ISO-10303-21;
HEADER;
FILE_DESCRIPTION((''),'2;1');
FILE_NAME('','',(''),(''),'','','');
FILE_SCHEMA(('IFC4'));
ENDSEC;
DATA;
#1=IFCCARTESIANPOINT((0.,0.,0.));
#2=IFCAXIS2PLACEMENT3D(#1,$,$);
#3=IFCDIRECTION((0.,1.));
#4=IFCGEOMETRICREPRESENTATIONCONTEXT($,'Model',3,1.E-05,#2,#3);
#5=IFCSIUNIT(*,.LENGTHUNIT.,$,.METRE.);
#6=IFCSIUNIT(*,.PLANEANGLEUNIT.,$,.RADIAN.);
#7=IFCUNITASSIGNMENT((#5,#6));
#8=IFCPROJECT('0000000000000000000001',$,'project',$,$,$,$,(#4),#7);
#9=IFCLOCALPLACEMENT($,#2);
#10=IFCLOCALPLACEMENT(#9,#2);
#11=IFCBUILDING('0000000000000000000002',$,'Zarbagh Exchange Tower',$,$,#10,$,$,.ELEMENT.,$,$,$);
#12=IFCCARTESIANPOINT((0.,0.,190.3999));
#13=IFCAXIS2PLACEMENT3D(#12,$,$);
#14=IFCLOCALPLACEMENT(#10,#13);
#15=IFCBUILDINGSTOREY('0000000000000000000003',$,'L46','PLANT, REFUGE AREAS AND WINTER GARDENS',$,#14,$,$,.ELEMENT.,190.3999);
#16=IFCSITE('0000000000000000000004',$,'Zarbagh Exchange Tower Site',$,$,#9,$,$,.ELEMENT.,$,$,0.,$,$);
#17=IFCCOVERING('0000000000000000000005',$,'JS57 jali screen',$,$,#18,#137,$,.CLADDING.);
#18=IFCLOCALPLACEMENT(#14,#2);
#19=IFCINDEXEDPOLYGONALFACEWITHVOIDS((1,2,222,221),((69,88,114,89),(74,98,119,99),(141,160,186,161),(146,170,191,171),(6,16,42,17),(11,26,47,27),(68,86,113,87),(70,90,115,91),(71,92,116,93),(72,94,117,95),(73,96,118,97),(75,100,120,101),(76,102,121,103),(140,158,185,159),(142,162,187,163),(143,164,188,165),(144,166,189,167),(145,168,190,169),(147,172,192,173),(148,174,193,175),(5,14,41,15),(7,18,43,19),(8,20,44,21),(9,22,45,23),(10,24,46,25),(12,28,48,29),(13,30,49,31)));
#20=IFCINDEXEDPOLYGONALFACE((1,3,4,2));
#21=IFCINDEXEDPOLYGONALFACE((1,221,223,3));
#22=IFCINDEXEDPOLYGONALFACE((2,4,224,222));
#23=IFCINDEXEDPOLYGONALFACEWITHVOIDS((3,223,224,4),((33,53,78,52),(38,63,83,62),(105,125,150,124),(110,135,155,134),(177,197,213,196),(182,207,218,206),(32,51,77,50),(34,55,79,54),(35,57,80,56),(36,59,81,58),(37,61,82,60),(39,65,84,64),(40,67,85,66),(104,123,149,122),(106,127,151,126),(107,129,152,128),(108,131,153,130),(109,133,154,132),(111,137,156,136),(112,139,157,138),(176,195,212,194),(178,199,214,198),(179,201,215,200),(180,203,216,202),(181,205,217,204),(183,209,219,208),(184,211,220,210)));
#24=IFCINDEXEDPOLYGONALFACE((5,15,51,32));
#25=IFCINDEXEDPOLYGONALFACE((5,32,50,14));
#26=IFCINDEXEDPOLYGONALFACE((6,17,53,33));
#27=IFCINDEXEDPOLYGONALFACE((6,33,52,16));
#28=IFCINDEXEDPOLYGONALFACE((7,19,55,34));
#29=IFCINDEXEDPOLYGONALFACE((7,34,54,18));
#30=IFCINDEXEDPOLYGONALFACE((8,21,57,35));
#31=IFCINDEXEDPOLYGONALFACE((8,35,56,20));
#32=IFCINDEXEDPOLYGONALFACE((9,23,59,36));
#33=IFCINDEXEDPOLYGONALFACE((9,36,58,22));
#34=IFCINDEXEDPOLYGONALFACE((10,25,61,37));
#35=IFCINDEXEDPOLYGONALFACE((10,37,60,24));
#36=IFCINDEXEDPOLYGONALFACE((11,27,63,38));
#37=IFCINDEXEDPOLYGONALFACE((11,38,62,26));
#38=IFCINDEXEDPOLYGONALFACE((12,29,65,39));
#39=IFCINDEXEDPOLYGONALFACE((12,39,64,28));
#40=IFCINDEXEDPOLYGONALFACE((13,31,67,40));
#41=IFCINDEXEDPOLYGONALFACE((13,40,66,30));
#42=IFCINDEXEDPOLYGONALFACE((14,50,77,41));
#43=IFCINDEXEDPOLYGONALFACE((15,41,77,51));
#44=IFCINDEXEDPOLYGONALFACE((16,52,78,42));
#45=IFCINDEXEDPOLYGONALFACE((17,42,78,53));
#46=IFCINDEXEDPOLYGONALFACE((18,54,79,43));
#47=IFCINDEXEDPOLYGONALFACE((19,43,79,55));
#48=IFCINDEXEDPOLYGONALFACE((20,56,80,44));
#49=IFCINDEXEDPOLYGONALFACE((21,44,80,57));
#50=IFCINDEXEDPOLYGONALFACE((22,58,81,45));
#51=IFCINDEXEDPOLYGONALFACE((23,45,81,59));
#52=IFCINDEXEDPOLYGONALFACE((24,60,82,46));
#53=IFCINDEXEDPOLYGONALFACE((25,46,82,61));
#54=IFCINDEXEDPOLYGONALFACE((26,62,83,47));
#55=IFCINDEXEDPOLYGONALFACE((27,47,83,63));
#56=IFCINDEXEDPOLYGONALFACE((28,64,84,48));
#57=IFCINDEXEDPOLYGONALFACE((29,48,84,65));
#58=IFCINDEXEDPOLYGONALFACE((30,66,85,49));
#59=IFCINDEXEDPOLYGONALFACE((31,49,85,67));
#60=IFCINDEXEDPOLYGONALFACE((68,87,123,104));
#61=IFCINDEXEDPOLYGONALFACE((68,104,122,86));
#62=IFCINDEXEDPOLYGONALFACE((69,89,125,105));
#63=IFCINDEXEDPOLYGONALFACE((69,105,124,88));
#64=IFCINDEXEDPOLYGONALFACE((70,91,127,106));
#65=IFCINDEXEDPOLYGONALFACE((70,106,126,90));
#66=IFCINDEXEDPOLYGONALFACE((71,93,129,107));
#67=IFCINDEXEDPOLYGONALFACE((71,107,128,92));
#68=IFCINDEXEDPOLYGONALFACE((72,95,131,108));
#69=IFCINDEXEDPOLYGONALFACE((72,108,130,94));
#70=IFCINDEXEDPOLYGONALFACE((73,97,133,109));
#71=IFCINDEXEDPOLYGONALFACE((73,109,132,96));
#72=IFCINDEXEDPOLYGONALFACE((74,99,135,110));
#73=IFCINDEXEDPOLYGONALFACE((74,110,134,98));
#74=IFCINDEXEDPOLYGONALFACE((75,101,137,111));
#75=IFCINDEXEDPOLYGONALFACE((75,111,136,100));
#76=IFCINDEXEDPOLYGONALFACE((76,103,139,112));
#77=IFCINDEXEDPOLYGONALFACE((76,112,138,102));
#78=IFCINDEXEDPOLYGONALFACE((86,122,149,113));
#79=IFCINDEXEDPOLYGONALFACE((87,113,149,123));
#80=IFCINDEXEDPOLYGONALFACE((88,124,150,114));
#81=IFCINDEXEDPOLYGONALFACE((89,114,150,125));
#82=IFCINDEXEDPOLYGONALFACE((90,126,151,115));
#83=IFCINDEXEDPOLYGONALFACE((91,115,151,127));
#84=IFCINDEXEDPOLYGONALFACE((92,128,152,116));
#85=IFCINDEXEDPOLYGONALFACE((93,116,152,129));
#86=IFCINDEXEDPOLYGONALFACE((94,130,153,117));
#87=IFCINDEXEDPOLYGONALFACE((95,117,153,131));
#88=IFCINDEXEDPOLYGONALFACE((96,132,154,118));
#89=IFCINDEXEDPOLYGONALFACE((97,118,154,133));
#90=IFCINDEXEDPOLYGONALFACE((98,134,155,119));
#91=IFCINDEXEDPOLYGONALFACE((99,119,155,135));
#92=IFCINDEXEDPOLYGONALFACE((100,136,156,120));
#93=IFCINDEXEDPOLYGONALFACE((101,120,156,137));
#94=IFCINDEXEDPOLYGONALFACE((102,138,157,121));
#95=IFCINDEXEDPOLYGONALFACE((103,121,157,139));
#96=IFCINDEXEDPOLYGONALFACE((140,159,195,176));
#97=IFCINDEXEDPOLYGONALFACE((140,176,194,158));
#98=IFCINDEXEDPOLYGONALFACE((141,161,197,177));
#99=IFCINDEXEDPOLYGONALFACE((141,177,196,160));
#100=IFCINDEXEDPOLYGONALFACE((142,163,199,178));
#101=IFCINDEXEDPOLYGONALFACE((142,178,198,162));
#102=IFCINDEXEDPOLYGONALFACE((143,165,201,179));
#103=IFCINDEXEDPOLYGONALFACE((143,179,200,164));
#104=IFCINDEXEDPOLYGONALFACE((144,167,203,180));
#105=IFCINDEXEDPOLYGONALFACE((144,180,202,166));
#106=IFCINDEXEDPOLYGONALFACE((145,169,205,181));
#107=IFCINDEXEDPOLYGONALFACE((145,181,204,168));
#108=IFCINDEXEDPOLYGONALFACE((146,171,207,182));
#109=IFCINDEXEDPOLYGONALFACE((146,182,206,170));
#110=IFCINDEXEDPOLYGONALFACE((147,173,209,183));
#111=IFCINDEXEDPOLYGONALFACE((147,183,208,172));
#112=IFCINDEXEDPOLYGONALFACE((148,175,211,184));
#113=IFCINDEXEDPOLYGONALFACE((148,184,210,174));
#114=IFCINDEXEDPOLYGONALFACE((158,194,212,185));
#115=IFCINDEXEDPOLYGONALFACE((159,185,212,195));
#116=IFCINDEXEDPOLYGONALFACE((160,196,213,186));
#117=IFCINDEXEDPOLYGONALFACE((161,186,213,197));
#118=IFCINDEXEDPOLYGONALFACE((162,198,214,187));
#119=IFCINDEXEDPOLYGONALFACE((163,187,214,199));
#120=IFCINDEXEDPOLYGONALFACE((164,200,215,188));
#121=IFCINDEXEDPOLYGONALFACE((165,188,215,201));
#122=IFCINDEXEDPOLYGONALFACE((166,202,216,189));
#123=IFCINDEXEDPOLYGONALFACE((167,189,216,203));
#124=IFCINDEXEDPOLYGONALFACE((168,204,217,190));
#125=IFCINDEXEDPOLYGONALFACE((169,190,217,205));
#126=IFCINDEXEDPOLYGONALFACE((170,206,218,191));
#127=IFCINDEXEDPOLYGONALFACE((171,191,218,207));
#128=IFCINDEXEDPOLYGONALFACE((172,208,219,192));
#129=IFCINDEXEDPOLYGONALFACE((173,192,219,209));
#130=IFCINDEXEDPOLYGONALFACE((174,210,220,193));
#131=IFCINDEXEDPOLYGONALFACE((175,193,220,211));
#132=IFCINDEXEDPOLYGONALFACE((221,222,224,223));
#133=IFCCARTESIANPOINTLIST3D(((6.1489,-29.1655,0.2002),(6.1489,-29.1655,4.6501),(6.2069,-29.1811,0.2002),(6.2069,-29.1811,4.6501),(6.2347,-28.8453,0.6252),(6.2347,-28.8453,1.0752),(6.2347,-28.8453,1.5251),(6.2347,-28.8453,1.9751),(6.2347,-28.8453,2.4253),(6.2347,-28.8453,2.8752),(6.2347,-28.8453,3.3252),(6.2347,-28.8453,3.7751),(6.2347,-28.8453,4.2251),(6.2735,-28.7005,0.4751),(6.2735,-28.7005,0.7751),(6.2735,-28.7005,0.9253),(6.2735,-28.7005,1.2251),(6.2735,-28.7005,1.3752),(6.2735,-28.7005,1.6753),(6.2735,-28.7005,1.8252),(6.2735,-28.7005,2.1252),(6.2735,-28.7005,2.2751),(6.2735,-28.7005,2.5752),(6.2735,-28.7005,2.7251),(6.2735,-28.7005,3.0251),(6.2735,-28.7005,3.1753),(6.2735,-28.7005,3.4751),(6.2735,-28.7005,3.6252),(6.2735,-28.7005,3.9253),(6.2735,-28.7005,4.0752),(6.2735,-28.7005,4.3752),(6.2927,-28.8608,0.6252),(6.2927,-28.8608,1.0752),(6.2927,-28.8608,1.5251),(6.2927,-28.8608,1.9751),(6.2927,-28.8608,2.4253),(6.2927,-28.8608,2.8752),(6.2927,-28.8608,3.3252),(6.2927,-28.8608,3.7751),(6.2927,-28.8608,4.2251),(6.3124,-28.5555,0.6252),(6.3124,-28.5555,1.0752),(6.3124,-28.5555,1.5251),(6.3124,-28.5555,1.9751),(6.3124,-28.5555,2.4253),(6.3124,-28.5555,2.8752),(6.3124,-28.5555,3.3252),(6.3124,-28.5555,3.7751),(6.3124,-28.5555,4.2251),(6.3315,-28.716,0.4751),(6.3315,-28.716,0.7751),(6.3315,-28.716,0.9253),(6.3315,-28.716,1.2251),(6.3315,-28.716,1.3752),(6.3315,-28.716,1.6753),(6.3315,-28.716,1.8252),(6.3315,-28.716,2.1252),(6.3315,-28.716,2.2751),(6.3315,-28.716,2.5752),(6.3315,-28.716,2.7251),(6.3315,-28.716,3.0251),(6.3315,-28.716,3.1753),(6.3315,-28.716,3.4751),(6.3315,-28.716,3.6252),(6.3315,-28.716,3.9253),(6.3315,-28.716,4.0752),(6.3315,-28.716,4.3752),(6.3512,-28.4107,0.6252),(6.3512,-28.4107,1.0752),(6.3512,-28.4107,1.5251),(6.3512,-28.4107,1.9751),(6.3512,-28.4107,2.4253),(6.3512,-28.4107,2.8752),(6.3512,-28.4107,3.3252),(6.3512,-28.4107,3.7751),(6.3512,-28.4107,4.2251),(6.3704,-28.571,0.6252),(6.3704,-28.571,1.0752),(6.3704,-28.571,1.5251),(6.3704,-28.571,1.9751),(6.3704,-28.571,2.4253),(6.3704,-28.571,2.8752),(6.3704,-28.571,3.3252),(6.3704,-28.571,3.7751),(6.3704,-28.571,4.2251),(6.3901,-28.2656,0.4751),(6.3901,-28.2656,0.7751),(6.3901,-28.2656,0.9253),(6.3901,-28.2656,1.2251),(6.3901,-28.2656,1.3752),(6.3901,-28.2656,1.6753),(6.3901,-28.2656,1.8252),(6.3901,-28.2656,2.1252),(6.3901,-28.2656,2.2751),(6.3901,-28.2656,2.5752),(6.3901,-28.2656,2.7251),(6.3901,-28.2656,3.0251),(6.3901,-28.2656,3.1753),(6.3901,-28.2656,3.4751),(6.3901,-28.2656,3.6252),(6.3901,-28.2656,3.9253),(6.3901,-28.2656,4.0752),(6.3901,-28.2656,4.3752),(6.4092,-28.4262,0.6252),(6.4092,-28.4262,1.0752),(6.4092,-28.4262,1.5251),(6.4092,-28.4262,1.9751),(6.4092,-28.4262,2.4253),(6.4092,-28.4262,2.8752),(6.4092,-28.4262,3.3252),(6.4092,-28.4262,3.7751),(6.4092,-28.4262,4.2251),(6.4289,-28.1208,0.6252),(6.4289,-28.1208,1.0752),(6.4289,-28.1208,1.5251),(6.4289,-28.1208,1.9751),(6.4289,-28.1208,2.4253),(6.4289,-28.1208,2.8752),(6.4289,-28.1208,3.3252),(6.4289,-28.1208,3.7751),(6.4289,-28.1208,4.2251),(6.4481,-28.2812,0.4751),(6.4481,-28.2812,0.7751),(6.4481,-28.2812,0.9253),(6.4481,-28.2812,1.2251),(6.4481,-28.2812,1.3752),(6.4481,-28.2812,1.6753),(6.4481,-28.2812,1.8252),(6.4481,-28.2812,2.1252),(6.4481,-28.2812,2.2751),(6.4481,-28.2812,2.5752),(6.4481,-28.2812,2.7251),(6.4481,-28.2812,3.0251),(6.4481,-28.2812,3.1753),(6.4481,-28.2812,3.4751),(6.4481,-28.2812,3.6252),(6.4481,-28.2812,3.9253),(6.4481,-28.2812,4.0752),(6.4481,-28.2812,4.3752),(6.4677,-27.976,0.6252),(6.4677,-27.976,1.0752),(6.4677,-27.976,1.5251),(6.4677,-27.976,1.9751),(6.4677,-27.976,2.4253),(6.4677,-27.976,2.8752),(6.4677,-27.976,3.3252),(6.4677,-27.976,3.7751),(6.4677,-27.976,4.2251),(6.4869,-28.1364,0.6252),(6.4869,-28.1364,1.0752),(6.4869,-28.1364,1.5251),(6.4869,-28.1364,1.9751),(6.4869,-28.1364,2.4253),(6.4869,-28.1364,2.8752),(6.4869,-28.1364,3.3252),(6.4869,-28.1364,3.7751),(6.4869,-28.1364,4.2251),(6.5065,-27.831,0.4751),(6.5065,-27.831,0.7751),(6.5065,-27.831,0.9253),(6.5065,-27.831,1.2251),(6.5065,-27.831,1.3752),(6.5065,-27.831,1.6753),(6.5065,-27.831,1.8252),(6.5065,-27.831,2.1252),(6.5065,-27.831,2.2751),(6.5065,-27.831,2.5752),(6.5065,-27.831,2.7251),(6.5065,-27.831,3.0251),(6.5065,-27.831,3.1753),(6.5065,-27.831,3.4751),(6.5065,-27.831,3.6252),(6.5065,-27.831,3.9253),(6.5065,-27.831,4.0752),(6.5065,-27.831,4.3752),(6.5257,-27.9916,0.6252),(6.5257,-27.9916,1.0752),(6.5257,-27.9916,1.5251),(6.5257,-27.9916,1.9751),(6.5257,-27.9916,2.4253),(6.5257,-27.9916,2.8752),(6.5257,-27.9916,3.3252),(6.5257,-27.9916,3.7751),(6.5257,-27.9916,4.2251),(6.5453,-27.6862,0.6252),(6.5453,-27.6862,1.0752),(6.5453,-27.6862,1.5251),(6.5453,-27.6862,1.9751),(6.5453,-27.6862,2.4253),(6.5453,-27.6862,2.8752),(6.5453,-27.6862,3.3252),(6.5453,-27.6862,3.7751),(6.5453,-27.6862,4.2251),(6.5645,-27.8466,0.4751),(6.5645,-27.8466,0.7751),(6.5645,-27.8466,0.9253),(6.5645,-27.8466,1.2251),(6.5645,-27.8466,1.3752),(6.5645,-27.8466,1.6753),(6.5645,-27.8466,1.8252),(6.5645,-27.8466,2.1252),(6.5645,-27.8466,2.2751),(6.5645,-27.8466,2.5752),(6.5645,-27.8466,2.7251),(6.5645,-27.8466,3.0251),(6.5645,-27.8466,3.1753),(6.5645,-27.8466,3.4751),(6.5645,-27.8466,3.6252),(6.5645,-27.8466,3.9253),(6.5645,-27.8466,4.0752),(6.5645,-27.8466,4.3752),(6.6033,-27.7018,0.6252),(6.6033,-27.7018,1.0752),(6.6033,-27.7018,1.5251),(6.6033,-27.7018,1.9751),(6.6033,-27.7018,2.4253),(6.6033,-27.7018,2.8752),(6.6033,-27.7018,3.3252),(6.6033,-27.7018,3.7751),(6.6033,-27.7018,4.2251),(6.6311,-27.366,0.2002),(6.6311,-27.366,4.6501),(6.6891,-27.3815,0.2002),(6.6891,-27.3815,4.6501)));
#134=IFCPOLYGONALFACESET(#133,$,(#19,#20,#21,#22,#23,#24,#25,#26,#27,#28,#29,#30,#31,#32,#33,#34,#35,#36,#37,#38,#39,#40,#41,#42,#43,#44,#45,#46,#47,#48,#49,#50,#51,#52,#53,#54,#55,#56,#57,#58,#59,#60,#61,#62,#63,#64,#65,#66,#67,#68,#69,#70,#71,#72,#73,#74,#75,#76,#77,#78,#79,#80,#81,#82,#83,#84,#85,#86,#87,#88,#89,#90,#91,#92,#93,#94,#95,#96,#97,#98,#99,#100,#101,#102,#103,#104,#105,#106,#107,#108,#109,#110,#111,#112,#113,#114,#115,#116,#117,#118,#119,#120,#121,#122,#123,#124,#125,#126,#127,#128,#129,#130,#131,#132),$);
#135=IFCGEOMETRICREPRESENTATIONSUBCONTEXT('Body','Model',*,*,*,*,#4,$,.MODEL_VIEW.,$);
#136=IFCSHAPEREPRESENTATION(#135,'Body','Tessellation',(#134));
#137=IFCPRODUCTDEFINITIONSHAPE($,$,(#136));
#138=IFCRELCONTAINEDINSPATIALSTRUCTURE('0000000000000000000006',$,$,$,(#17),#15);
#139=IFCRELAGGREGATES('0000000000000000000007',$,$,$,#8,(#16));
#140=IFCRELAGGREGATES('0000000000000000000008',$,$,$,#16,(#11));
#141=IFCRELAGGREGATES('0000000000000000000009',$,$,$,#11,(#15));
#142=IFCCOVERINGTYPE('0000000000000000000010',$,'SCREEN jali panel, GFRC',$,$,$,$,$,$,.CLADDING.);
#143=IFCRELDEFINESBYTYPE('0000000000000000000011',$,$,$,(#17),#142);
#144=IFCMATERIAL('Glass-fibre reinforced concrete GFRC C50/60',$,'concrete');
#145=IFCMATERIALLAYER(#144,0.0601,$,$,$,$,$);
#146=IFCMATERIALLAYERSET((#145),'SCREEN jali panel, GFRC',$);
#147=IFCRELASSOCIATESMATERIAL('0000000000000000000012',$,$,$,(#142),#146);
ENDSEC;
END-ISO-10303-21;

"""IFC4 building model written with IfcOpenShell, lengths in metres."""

from ifc_helpers import new_model, si_unit, direction, frame, origin, place, context, subcontext, project, spatial, polyline, outline, extrude, source, transform, mapped, material, layer, layer_set, type_object, element, save


model = new_model("IFC4")

# Units and contexts
model_context = context("Model", 3, precision=1e-05, world=origin(), true_north=direction((0.0, 1.0)))
body_context = subcontext(model_context, "Body", "Model", "MODEL_VIEW")
ifc_project = project(units=[si_unit("LENGTHUNIT", "METRE"), si_unit("PLANEANGLEUNIT", "RADIAN")], contexts=[model_context])

# Site, building, storey
site_placement = place(None, origin())
site = spatial("IfcSite", under=ifc_project, at=site_placement, Name="Zarbagh Exchange Tower Site", CompositionType="ELEMENT", RefElevation=0.0)
building_placement = place(site_placement, origin())
building = spatial("IfcBuilding", under=site, at=building_placement, Name="Zarbagh Exchange Tower", CompositionType="ELEMENT")
storey_placement = place(building_placement, frame((0.0, 0.0, 190.3999)))
storey = spatial("IfcBuildingStorey", under=building, at=storey_placement, Name="L46", Description="PLANT, REFUGE AREAS AND WINTER GARDENS", CompositionType="ELEMENT", Elevation=190.3999)

# Shared definitions
ifc_material_1 = material(Name="Glass-fibre reinforced concrete GFRC C50/60", Category="concrete")
ifc_layer_1 = layer(ifc_material_1, 0.0601)
ifc_layer_set_1 = layer_set([ifc_layer_1], Name="SCREEN jali panel, GFRC")
covering_type = type_object("IfcCoveringType", Name="SCREEN jali panel, GFRC", PredefinedType="CLADDING", material=ifc_layer_set_1)
placement = place(storey_placement, origin())

# Covering
shared_shape_1 = source(origin(), body_context, "Body", "SweptSolid", [
    extrude(outline(polyline([(0.0, 0.0), (1.863, 0.0), (1.863, 4.45), (0.0, 4.45), (0.0, 0.0)]), holes=[polyline([(0.3315, 0.425), (0.4814, 0.2749), (0.6316, 0.425), (0.4814, 0.575), (0.3315, 0.425)]), polyline([(0.3315, 0.875), (0.4814, 0.7251), (0.6316, 0.875), (0.4814, 1.0249), (0.3315, 0.875)]), polyline([(0.3315, 1.325), (0.4814, 1.175), (0.6316, 1.325), (0.4814, 1.4751), (0.3315, 1.325)]), polyline([(0.3315, 1.7749), (0.4814, 1.625), (0.6316, 1.7749), (0.4814, 1.925), (0.3315, 1.7749)]), polyline([(0.3315, 2.2251), (0.4814, 2.075), (0.6316, 2.2251), (0.4814, 2.375), (0.3315, 2.2251)]), polyline([(0.3315, 2.675), (0.4814, 2.5249), (0.6316, 2.675), (0.4814, 2.825), (0.3315, 2.675)]), polyline([(0.3315, 3.125), (0.4814, 2.9751), (0.6316, 3.125), (0.4814, 3.2749), (0.3315, 3.125)]), polyline([(0.3315, 3.575), (0.4814, 3.425), (0.6316, 3.575), (0.4814, 3.7251), (0.3315, 3.575)]), polyline([(0.3315, 4.0249), (0.4814, 3.875), (0.6316, 4.0249), (0.4814, 4.175), (0.3315, 4.0249)]), polyline([(0.7815, 0.425), (0.9316, 0.2749), (1.0815, 0.425), (0.9316, 0.575), (0.7815, 0.425)]), polyline([(0.7815, 0.875), (0.9316, 0.7251), (1.0815, 0.875), (0.9316, 1.0249), (0.7815, 0.875)]), polyline([(0.7815, 1.325), (0.9316, 1.175), (1.0815, 1.325), (0.9316, 1.4751), (0.7815, 1.325)]), polyline([(0.7815, 1.7749), (0.9316, 1.625), (1.0815, 1.7749), (0.9316, 1.925), (0.7815, 1.7749)]), polyline([(0.7815, 2.2251), (0.9316, 2.075), (1.0815, 2.2251), (0.9316, 2.375), (0.7815, 2.2251)]), polyline([(0.7815, 2.675), (0.9316, 2.5249), (1.0815, 2.675), (0.9316, 2.825), (0.7815, 2.675)]), polyline([(0.7815, 3.125), (0.9316, 2.9751), (1.0815, 3.125), (0.9316, 3.2749), (0.7815, 3.125)]), polyline([(0.7815, 3.575), (0.9316, 3.425), (1.0815, 3.575), (0.9316, 3.7251), (0.7815, 3.575)]), polyline([(0.7815, 4.0249), (0.9316, 3.875), (1.0815, 4.0249), (0.9316, 4.175), (0.7815, 4.0249)]), polyline([(1.2314, 0.425), (1.3816, 0.2749), (1.5315, 0.425), (1.3816, 0.575), (1.2314, 0.425)]), polyline([(1.2314, 0.875), (1.3816, 0.7251), (1.5315, 0.875), (1.3816, 1.0249), (1.2314, 0.875)]), polyline([(1.2314, 1.325), (1.3816, 1.175), (1.5315, 1.325), (1.3816, 1.4751), (1.2314, 1.325)]), polyline([(1.2314, 1.7749), (1.3816, 1.625), (1.5315, 1.7749), (1.3816, 1.925), (1.2314, 1.7749)]), polyline([(1.2314, 2.2251), (1.3816, 2.075), (1.5315, 2.2251), (1.3816, 2.375), (1.2314, 2.2251)]), polyline([(1.2314, 2.675), (1.3816, 2.5249), (1.5315, 2.675), (1.3816, 2.825), (1.2314, 2.675)]), polyline([(1.2314, 3.125), (1.3816, 2.9751), (1.5315, 3.125), (1.3816, 3.2749), (1.2314, 3.125)]), polyline([(1.2314, 3.575), (1.3816, 3.425), (1.5315, 3.575), (1.3816, 3.7251), (1.2314, 3.575)]), polyline([(1.2314, 4.0249), (1.3816, 3.875), (1.5315, 4.0249), (1.3816, 4.175), (1.2314, 4.0249)])]), origin(), (0.0, 0.0, 1.0), 0.0601),
])
element("IfcCovering", 1, at=placement, inside=storey, type_object=covering_type, Name="JS57 jali screen", PredefinedType="CLADDING", context=body_context, shape_type="MappedRepresentation", body=[
    mapped(shared_shape_1, transform((6.1489, -29.1655, 0.2002), x_axis=(0.258825, 0.965924, 0.0), y_axis=(0.0, 0.0, 1.0), z_axis=(0.965924, -0.258825, 0.0))),
])

save(model, "model.ifc")
